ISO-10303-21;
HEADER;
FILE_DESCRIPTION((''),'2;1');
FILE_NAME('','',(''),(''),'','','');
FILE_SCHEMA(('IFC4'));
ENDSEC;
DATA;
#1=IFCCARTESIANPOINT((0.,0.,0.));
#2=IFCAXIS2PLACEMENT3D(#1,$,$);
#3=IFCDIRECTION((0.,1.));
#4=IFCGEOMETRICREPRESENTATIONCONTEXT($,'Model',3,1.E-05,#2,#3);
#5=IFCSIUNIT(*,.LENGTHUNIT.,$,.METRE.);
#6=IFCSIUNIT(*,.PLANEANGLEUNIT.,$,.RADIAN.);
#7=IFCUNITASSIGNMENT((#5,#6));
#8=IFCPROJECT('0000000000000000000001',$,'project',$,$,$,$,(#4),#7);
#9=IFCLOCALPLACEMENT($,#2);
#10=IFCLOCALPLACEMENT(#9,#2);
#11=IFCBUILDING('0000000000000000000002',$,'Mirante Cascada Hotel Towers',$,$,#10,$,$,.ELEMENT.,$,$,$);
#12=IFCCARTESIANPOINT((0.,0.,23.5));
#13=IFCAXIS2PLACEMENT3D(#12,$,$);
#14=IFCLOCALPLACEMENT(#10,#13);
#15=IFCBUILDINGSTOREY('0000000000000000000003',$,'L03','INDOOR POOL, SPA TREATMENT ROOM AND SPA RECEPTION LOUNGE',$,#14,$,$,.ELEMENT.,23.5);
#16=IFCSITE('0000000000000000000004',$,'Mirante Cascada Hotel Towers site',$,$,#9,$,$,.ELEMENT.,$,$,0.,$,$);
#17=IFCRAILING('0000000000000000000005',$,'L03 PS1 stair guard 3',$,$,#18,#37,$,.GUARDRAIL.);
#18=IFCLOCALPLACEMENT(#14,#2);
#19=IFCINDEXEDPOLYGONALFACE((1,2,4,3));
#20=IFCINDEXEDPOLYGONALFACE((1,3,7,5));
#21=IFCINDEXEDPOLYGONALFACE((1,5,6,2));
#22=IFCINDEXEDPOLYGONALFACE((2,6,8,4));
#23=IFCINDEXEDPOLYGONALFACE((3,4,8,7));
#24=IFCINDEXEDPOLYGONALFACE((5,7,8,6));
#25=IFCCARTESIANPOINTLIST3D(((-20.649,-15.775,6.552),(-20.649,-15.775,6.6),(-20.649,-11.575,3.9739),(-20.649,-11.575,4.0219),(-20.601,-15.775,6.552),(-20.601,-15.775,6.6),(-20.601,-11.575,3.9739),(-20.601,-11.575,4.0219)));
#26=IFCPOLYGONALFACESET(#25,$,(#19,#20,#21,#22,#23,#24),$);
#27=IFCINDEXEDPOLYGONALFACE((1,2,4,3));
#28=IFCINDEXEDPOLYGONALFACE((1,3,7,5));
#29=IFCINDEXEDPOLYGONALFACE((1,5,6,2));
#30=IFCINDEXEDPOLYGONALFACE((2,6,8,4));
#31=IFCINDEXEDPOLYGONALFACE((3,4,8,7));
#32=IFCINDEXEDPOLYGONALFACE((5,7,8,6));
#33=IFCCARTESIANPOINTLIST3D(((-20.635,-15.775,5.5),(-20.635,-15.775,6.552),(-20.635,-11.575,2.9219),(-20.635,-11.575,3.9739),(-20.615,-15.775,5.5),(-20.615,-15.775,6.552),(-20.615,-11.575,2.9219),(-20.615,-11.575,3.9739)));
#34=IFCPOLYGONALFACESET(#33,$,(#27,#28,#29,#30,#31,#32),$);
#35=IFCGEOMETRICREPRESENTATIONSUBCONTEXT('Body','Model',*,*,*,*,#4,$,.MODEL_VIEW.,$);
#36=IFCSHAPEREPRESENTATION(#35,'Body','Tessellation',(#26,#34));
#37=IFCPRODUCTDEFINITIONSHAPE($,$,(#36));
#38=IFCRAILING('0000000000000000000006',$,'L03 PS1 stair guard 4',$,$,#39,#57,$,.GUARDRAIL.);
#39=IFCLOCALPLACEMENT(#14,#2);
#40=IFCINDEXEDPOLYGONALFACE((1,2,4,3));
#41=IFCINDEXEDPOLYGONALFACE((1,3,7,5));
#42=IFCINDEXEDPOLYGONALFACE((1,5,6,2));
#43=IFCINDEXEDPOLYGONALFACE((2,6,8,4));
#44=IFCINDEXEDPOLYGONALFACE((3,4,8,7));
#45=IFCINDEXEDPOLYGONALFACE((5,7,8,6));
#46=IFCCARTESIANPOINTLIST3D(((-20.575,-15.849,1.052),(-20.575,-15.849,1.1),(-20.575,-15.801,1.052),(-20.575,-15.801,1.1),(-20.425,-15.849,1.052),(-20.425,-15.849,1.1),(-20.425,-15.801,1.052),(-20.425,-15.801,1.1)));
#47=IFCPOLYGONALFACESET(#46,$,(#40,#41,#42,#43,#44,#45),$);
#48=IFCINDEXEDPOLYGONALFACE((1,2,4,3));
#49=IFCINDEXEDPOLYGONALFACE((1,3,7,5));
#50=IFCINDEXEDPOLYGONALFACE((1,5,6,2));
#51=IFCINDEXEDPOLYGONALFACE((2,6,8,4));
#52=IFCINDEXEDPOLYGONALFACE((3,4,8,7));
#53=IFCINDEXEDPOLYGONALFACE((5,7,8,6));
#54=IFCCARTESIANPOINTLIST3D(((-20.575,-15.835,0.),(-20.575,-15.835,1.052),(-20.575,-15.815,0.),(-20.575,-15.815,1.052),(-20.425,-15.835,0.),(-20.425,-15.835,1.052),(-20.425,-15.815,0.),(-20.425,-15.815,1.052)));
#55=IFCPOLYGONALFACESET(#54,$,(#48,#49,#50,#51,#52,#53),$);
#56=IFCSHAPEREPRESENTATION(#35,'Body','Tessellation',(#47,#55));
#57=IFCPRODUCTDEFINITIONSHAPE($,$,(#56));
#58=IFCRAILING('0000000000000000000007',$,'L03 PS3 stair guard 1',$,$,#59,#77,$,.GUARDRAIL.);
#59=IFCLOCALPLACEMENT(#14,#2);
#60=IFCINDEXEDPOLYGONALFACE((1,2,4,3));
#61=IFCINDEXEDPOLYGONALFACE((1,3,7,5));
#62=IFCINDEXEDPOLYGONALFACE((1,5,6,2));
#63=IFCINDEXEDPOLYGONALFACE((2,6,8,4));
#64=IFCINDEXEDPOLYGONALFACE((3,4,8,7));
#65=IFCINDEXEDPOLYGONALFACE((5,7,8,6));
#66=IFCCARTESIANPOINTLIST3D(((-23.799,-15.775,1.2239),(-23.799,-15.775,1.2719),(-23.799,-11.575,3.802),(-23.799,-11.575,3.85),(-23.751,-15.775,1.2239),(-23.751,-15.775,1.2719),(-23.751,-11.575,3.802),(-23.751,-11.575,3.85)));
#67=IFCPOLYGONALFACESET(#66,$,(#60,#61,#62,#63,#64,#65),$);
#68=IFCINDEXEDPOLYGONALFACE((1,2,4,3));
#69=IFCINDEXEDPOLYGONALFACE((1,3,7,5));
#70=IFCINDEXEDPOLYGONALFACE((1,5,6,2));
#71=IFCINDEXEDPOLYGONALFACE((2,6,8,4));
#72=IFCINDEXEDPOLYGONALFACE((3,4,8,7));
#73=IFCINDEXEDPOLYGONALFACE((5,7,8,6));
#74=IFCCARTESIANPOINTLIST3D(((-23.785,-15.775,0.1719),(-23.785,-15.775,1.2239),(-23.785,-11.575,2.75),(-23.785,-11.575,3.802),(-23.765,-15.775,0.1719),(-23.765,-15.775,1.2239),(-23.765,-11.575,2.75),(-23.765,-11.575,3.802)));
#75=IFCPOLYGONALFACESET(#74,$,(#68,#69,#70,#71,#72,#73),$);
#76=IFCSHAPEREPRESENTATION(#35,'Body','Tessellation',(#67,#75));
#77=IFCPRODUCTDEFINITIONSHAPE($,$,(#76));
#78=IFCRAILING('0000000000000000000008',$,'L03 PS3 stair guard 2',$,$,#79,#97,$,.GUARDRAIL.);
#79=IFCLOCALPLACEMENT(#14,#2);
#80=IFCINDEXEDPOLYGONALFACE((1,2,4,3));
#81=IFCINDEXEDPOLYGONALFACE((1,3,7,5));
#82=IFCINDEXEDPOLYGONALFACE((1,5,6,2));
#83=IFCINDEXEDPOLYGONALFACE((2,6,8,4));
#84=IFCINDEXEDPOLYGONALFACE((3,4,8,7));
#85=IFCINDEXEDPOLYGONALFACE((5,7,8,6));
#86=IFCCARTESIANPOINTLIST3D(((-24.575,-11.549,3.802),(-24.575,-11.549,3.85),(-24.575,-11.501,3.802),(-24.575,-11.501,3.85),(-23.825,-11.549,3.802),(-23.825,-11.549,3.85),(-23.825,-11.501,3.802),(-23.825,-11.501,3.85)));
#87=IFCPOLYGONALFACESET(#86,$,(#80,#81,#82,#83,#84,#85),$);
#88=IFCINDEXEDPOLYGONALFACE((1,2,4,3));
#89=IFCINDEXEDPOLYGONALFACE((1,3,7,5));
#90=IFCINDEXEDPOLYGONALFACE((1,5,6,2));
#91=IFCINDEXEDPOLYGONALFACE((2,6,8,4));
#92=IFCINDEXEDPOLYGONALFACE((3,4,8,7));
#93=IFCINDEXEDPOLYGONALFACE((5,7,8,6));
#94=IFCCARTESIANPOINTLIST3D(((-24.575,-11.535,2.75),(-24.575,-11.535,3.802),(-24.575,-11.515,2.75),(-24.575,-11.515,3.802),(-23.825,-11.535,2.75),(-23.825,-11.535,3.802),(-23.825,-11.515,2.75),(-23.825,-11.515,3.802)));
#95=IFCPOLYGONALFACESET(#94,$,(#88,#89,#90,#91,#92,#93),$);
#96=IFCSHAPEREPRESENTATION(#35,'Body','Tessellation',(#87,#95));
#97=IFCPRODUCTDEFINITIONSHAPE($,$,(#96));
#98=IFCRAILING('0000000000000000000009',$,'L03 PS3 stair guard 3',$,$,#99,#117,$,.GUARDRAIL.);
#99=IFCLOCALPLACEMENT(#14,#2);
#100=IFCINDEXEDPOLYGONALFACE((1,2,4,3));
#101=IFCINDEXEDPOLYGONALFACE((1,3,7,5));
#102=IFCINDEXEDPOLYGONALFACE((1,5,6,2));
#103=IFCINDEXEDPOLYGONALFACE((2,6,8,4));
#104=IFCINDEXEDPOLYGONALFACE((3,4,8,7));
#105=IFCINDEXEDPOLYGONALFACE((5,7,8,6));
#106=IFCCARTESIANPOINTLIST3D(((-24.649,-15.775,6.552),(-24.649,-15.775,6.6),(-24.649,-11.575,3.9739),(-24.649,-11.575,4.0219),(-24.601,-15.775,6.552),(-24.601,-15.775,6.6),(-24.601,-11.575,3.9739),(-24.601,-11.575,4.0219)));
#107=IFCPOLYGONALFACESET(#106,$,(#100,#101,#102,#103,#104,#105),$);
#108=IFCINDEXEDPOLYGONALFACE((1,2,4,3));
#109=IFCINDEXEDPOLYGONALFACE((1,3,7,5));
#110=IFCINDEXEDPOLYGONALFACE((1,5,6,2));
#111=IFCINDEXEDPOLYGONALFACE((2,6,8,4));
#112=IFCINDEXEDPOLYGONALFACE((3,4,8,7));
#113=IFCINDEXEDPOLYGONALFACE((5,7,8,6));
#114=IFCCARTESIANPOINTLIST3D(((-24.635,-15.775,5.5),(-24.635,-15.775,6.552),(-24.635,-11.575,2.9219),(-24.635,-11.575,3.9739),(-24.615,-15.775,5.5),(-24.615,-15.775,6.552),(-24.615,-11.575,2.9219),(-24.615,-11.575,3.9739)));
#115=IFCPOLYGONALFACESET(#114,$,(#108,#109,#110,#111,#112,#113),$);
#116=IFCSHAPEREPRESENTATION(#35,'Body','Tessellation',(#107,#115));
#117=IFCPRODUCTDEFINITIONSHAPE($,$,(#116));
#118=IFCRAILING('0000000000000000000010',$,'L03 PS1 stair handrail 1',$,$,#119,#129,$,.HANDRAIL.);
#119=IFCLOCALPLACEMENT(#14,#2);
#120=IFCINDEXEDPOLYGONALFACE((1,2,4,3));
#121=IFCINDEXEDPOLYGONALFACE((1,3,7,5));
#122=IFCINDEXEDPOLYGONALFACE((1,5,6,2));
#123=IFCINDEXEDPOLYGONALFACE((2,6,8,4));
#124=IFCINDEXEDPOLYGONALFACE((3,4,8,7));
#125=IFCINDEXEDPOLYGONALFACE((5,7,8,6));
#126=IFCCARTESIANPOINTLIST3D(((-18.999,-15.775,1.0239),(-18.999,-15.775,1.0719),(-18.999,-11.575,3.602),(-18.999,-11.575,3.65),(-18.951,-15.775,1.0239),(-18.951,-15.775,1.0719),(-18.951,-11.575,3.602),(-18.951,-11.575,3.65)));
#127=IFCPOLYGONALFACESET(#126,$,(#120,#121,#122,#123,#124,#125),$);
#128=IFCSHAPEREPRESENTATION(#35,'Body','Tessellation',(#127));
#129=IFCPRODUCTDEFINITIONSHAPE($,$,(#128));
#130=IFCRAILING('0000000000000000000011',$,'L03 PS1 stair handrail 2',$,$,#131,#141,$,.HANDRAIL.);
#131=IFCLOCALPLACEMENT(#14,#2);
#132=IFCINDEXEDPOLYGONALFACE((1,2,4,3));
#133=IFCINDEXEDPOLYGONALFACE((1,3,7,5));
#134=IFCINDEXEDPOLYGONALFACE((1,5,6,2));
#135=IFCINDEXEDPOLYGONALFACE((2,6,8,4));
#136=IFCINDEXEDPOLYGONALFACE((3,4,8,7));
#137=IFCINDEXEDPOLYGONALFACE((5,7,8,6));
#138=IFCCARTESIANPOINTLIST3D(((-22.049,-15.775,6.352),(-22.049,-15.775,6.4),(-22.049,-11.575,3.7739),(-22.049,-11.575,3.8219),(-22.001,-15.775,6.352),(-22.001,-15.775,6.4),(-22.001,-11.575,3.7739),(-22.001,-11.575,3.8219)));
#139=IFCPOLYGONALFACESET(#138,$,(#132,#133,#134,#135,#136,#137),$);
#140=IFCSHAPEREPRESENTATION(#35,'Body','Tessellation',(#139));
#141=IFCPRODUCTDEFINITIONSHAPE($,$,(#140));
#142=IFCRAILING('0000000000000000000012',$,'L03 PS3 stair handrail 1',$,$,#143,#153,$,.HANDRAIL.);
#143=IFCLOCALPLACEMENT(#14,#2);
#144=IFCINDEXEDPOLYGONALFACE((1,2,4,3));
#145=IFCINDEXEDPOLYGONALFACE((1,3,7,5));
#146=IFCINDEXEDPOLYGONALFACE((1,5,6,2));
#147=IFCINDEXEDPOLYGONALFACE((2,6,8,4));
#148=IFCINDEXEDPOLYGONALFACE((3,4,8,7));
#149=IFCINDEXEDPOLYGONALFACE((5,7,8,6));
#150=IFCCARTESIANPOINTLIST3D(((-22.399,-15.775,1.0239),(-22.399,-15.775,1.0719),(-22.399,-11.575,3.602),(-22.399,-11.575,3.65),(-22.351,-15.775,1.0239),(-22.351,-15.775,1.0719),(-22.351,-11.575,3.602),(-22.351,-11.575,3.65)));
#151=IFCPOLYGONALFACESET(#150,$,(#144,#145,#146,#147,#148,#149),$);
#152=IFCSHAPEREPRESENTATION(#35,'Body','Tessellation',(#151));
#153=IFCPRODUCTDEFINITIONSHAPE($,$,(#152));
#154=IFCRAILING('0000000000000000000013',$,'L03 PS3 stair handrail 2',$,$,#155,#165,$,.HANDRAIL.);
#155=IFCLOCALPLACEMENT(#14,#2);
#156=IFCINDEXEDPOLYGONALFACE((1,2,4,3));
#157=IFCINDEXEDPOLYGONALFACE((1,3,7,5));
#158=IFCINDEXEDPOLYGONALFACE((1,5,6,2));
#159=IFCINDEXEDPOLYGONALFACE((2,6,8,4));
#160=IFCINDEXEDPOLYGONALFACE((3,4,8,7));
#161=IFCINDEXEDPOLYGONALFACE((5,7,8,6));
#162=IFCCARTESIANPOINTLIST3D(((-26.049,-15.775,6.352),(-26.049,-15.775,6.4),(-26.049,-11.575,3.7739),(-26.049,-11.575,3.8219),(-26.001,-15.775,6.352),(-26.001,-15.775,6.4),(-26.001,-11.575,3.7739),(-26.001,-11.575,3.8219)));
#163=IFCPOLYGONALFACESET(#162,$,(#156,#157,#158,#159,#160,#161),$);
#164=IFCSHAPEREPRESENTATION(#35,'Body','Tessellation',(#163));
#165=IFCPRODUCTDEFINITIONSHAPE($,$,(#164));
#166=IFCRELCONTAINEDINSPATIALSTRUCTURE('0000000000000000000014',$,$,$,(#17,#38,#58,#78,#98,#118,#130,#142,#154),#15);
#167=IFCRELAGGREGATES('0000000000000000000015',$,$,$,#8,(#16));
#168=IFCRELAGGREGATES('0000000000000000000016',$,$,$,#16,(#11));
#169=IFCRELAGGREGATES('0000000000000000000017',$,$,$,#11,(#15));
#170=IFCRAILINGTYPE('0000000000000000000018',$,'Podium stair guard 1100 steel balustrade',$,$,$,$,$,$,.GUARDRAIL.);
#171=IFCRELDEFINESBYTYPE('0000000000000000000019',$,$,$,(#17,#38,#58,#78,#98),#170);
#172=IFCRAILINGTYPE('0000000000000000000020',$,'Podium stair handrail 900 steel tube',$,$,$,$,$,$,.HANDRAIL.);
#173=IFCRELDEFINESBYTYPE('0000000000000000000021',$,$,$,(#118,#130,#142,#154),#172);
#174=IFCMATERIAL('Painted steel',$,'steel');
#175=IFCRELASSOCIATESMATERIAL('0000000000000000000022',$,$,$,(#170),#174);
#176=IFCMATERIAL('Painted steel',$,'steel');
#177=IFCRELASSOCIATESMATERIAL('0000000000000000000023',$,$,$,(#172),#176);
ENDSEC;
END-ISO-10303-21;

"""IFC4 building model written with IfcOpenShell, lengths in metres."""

from ifc_helpers import new_model, si_unit, direction, frame, origin, origin_2d, place, context, subcontext, project, spatial, rectangle, extrude, material, type_object, element, save


model = new_model("IFC4")

# Units and contexts
model_context = context("Model", 3, precision=1e-05, world=origin(), true_north=direction((0.0, 1.0)))
body_context = subcontext(model_context, "Body", "Model", "MODEL_VIEW")
ifc_project = project(units=[si_unit("LENGTHUNIT", "METRE"), si_unit("PLANEANGLEUNIT", "RADIAN")], contexts=[model_context])

# Site, building, storey
site_placement = place(None, origin())
site = spatial("IfcSite", under=ifc_project, at=site_placement, Name="Mirante Cascada Hotel Towers site", CompositionType="ELEMENT", RefElevation=0.0)
building_placement = place(site_placement, origin())
building = spatial("IfcBuilding", under=site, at=building_placement, Name="Mirante Cascada Hotel Towers", CompositionType="ELEMENT")
storey_placement = place(building_placement, frame((0.0, 0.0, 23.5)))
storey = spatial("IfcBuildingStorey", under=building, at=storey_placement, Name="L03", Description="INDOOR POOL, SPA TREATMENT ROOM AND SPA RECEPTION LOUNGE", CompositionType="ELEMENT", Elevation=23.5)

# Railings
ifc_material_1 = material(Name="Painted steel", Category="steel")
railing_type_1 = type_object("IfcRailingType", Name="Podium stair guard 1100 steel balustrade", PredefinedType="GUARDRAIL", material=ifc_material_1)
railing_1_placement = place(storey_placement, frame((-20.625, -11.575, 2.9219)))
element("IfcRailing", 1, at=railing_1_placement, inside=storey, type_object=railing_type_1, Name="L03 PS1 stair guard 3", PredefinedType="GUARDRAIL", context=body_context, shape_type="SweptSolid", body=[
    extrude(rectangle(XDim=0.048, YDim=0.048, at=origin_2d()), frame((0.0, 0.0, 1.076), z_axis=(0.0, -1.0, 0.0), x_axis=(1.0, 0.0, 0.0)), (0.0, 0.523138, 0.852248), 4.9281),
    extrude(rectangle(XDim=0.02, YDim=1.052, at=origin_2d()), frame((0.0, 0.0, 0.526), z_axis=(0.0, -1.0, 0.0), x_axis=(1.0, 0.0, 0.0)), (0.0, 0.523138, 0.852248), 4.9281),
])
railing_2_placement = place(storey_placement, frame((-20.425, -15.825, 0.0)))
element("IfcRailing", 2, at=railing_2_placement, inside=storey, type_object=railing_type_1, Name="L03 PS1 stair guard 4", PredefinedType="GUARDRAIL", context=body_context, shape_type="SweptSolid", body=[
    extrude(rectangle(XDim=0.048, YDim=0.048, at=origin_2d()), frame((0.0, 0.0, 1.076), z_axis=(-1.0, 0.0, 0.0), x_axis=(0.0, -1.0, 0.0)), (0.0, 0.0, 1.0), 0.15),
    extrude(rectangle(XDim=0.02, YDim=1.052, at=origin_2d()), frame((0.0, 0.0, 0.526), z_axis=(-1.0, 0.0, 0.0), x_axis=(0.0, -1.0, 0.0)), (0.0, 0.0, 1.0), 0.15),
])
railing_3_placement = place(storey_placement, frame((-23.775, -15.775, 0.1719)))
element("IfcRailing", 3, at=railing_3_placement, inside=storey, type_object=railing_type_1, Name="L03 PS3 stair guard 1", PredefinedType="GUARDRAIL", context=body_context, shape_type="SweptSolid", body=[
    extrude(rectangle(XDim=0.048, YDim=0.048, at=origin_2d()), frame((0.0, 0.0, 1.076), z_axis=(0.0, 1.0, 0.0), x_axis=(-1.0, 0.0, 0.0)), (0.0, 0.523138, 0.852248), 4.9281),
    extrude(rectangle(XDim=0.02, YDim=1.052, at=origin_2d()), frame((0.0, 0.0, 0.526), z_axis=(0.0, 1.0, 0.0), x_axis=(-1.0, 0.0, 0.0)), (0.0, 0.523138, 0.852248), 4.9281),
])
railing_4_placement = place(storey_placement, frame((-23.825, -11.525, 2.75)))
element("IfcRailing", 4, at=railing_4_placement, inside=storey, type_object=railing_type_1, Name="L03 PS3 stair guard 2", PredefinedType="GUARDRAIL", context=body_context, shape_type="SweptSolid", body=[
    extrude(rectangle(XDim=0.048, YDim=0.048, at=origin_2d()), frame((0.0, 0.0, 1.076), z_axis=(-1.0, 0.0, 0.0), x_axis=(0.0, -1.0, 0.0)), (0.0, 0.0, 1.0), 0.75),
    extrude(rectangle(XDim=0.02, YDim=1.052, at=origin_2d()), frame((0.0, 0.0, 0.526), z_axis=(-1.0, 0.0, 0.0), x_axis=(0.0, -1.0, 0.0)), (0.0, 0.0, 1.0), 0.75),
])
railing_5_placement = place(storey_placement, frame((-24.625, -11.575, 2.9219)))
element("IfcRailing", 5, at=railing_5_placement, inside=storey, type_object=railing_type_1, Name="L03 PS3 stair guard 3", PredefinedType="GUARDRAIL", context=body_context, shape_type="SweptSolid", body=[
    extrude(rectangle(XDim=0.048, YDim=0.048, at=origin_2d()), frame((0.0, 0.0, 1.076), z_axis=(0.0, -1.0, 0.0), x_axis=(1.0, 0.0, 0.0)), (0.0, 0.523138, 0.852248), 4.9281),
    extrude(rectangle(XDim=0.02, YDim=1.052, at=origin_2d()), frame((0.0, 0.0, 0.526), z_axis=(0.0, -1.0, 0.0), x_axis=(1.0, 0.0, 0.0)), (0.0, 0.523138, 0.852248), 4.9281),
])
ifc_material_2 = material(Name="Painted steel", Category="steel")
railing_type_2 = type_object("IfcRailingType", Name="Podium stair handrail 900 steel tube", PredefinedType="HANDRAIL", material=ifc_material_2)
railing_6_placement = place(storey_placement, frame((-18.975, -15.775, 0.1719)))
element("IfcRailing", 6, at=railing_6_placement, inside=storey, type_object=railing_type_2, Name="L03 PS1 stair handrail 1", PredefinedType="HANDRAIL", context=body_context, shape_type="SweptSolid", body=[
    extrude(rectangle(XDim=0.048, YDim=0.048, at=origin_2d()), frame((0.0, 0.0, 0.876), z_axis=(0.0, 1.0, 0.0), x_axis=(-1.0, 0.0, 0.0)), (0.0, 0.523138, 0.852248), 4.9281),
])
railing_7_placement = place(storey_placement, frame((-22.025, -11.575, 2.9219)))
element("IfcRailing", 7, at=railing_7_placement, inside=storey, type_object=railing_type_2, Name="L03 PS1 stair handrail 2", PredefinedType="HANDRAIL", context=body_context, shape_type="SweptSolid", body=[
    extrude(rectangle(XDim=0.048, YDim=0.048, at=origin_2d()), frame((0.0, 0.0, 0.876), z_axis=(0.0, -1.0, 0.0), x_axis=(1.0, 0.0, 0.0)), (0.0, 0.523138, 0.852248), 4.9281),
])
railing_8_placement = place(storey_placement, frame((-22.375, -15.775, 0.1719)))
element("IfcRailing", 8, at=railing_8_placement, inside=storey, type_object=railing_type_2, Name="L03 PS3 stair handrail 1", PredefinedType="HANDRAIL", context=body_context, shape_type="SweptSolid", body=[
    extrude(rectangle(XDim=0.048, YDim=0.048, at=origin_2d()), frame((0.0, 0.0, 0.876), z_axis=(0.0, 1.0, 0.0), x_axis=(-1.0, 0.0, 0.0)), (0.0, 0.523138, 0.852248), 4.9281),
])
railing_9_placement = place(storey_placement, frame((-26.025, -11.575, 2.9219)))
element("IfcRailing", 9, at=railing_9_placement, inside=storey, type_object=railing_type_2, Name="L03 PS3 stair handrail 2", PredefinedType="HANDRAIL", context=body_context, shape_type="SweptSolid", body=[
    extrude(rectangle(XDim=0.048, YDim=0.048, at=origin_2d()), frame((0.0, 0.0, 0.876), z_axis=(0.0, -1.0, 0.0), x_axis=(1.0, 0.0, 0.0)), (0.0, 0.523138, 0.852248), 4.9281),
])

save(model, "model.ifc")
